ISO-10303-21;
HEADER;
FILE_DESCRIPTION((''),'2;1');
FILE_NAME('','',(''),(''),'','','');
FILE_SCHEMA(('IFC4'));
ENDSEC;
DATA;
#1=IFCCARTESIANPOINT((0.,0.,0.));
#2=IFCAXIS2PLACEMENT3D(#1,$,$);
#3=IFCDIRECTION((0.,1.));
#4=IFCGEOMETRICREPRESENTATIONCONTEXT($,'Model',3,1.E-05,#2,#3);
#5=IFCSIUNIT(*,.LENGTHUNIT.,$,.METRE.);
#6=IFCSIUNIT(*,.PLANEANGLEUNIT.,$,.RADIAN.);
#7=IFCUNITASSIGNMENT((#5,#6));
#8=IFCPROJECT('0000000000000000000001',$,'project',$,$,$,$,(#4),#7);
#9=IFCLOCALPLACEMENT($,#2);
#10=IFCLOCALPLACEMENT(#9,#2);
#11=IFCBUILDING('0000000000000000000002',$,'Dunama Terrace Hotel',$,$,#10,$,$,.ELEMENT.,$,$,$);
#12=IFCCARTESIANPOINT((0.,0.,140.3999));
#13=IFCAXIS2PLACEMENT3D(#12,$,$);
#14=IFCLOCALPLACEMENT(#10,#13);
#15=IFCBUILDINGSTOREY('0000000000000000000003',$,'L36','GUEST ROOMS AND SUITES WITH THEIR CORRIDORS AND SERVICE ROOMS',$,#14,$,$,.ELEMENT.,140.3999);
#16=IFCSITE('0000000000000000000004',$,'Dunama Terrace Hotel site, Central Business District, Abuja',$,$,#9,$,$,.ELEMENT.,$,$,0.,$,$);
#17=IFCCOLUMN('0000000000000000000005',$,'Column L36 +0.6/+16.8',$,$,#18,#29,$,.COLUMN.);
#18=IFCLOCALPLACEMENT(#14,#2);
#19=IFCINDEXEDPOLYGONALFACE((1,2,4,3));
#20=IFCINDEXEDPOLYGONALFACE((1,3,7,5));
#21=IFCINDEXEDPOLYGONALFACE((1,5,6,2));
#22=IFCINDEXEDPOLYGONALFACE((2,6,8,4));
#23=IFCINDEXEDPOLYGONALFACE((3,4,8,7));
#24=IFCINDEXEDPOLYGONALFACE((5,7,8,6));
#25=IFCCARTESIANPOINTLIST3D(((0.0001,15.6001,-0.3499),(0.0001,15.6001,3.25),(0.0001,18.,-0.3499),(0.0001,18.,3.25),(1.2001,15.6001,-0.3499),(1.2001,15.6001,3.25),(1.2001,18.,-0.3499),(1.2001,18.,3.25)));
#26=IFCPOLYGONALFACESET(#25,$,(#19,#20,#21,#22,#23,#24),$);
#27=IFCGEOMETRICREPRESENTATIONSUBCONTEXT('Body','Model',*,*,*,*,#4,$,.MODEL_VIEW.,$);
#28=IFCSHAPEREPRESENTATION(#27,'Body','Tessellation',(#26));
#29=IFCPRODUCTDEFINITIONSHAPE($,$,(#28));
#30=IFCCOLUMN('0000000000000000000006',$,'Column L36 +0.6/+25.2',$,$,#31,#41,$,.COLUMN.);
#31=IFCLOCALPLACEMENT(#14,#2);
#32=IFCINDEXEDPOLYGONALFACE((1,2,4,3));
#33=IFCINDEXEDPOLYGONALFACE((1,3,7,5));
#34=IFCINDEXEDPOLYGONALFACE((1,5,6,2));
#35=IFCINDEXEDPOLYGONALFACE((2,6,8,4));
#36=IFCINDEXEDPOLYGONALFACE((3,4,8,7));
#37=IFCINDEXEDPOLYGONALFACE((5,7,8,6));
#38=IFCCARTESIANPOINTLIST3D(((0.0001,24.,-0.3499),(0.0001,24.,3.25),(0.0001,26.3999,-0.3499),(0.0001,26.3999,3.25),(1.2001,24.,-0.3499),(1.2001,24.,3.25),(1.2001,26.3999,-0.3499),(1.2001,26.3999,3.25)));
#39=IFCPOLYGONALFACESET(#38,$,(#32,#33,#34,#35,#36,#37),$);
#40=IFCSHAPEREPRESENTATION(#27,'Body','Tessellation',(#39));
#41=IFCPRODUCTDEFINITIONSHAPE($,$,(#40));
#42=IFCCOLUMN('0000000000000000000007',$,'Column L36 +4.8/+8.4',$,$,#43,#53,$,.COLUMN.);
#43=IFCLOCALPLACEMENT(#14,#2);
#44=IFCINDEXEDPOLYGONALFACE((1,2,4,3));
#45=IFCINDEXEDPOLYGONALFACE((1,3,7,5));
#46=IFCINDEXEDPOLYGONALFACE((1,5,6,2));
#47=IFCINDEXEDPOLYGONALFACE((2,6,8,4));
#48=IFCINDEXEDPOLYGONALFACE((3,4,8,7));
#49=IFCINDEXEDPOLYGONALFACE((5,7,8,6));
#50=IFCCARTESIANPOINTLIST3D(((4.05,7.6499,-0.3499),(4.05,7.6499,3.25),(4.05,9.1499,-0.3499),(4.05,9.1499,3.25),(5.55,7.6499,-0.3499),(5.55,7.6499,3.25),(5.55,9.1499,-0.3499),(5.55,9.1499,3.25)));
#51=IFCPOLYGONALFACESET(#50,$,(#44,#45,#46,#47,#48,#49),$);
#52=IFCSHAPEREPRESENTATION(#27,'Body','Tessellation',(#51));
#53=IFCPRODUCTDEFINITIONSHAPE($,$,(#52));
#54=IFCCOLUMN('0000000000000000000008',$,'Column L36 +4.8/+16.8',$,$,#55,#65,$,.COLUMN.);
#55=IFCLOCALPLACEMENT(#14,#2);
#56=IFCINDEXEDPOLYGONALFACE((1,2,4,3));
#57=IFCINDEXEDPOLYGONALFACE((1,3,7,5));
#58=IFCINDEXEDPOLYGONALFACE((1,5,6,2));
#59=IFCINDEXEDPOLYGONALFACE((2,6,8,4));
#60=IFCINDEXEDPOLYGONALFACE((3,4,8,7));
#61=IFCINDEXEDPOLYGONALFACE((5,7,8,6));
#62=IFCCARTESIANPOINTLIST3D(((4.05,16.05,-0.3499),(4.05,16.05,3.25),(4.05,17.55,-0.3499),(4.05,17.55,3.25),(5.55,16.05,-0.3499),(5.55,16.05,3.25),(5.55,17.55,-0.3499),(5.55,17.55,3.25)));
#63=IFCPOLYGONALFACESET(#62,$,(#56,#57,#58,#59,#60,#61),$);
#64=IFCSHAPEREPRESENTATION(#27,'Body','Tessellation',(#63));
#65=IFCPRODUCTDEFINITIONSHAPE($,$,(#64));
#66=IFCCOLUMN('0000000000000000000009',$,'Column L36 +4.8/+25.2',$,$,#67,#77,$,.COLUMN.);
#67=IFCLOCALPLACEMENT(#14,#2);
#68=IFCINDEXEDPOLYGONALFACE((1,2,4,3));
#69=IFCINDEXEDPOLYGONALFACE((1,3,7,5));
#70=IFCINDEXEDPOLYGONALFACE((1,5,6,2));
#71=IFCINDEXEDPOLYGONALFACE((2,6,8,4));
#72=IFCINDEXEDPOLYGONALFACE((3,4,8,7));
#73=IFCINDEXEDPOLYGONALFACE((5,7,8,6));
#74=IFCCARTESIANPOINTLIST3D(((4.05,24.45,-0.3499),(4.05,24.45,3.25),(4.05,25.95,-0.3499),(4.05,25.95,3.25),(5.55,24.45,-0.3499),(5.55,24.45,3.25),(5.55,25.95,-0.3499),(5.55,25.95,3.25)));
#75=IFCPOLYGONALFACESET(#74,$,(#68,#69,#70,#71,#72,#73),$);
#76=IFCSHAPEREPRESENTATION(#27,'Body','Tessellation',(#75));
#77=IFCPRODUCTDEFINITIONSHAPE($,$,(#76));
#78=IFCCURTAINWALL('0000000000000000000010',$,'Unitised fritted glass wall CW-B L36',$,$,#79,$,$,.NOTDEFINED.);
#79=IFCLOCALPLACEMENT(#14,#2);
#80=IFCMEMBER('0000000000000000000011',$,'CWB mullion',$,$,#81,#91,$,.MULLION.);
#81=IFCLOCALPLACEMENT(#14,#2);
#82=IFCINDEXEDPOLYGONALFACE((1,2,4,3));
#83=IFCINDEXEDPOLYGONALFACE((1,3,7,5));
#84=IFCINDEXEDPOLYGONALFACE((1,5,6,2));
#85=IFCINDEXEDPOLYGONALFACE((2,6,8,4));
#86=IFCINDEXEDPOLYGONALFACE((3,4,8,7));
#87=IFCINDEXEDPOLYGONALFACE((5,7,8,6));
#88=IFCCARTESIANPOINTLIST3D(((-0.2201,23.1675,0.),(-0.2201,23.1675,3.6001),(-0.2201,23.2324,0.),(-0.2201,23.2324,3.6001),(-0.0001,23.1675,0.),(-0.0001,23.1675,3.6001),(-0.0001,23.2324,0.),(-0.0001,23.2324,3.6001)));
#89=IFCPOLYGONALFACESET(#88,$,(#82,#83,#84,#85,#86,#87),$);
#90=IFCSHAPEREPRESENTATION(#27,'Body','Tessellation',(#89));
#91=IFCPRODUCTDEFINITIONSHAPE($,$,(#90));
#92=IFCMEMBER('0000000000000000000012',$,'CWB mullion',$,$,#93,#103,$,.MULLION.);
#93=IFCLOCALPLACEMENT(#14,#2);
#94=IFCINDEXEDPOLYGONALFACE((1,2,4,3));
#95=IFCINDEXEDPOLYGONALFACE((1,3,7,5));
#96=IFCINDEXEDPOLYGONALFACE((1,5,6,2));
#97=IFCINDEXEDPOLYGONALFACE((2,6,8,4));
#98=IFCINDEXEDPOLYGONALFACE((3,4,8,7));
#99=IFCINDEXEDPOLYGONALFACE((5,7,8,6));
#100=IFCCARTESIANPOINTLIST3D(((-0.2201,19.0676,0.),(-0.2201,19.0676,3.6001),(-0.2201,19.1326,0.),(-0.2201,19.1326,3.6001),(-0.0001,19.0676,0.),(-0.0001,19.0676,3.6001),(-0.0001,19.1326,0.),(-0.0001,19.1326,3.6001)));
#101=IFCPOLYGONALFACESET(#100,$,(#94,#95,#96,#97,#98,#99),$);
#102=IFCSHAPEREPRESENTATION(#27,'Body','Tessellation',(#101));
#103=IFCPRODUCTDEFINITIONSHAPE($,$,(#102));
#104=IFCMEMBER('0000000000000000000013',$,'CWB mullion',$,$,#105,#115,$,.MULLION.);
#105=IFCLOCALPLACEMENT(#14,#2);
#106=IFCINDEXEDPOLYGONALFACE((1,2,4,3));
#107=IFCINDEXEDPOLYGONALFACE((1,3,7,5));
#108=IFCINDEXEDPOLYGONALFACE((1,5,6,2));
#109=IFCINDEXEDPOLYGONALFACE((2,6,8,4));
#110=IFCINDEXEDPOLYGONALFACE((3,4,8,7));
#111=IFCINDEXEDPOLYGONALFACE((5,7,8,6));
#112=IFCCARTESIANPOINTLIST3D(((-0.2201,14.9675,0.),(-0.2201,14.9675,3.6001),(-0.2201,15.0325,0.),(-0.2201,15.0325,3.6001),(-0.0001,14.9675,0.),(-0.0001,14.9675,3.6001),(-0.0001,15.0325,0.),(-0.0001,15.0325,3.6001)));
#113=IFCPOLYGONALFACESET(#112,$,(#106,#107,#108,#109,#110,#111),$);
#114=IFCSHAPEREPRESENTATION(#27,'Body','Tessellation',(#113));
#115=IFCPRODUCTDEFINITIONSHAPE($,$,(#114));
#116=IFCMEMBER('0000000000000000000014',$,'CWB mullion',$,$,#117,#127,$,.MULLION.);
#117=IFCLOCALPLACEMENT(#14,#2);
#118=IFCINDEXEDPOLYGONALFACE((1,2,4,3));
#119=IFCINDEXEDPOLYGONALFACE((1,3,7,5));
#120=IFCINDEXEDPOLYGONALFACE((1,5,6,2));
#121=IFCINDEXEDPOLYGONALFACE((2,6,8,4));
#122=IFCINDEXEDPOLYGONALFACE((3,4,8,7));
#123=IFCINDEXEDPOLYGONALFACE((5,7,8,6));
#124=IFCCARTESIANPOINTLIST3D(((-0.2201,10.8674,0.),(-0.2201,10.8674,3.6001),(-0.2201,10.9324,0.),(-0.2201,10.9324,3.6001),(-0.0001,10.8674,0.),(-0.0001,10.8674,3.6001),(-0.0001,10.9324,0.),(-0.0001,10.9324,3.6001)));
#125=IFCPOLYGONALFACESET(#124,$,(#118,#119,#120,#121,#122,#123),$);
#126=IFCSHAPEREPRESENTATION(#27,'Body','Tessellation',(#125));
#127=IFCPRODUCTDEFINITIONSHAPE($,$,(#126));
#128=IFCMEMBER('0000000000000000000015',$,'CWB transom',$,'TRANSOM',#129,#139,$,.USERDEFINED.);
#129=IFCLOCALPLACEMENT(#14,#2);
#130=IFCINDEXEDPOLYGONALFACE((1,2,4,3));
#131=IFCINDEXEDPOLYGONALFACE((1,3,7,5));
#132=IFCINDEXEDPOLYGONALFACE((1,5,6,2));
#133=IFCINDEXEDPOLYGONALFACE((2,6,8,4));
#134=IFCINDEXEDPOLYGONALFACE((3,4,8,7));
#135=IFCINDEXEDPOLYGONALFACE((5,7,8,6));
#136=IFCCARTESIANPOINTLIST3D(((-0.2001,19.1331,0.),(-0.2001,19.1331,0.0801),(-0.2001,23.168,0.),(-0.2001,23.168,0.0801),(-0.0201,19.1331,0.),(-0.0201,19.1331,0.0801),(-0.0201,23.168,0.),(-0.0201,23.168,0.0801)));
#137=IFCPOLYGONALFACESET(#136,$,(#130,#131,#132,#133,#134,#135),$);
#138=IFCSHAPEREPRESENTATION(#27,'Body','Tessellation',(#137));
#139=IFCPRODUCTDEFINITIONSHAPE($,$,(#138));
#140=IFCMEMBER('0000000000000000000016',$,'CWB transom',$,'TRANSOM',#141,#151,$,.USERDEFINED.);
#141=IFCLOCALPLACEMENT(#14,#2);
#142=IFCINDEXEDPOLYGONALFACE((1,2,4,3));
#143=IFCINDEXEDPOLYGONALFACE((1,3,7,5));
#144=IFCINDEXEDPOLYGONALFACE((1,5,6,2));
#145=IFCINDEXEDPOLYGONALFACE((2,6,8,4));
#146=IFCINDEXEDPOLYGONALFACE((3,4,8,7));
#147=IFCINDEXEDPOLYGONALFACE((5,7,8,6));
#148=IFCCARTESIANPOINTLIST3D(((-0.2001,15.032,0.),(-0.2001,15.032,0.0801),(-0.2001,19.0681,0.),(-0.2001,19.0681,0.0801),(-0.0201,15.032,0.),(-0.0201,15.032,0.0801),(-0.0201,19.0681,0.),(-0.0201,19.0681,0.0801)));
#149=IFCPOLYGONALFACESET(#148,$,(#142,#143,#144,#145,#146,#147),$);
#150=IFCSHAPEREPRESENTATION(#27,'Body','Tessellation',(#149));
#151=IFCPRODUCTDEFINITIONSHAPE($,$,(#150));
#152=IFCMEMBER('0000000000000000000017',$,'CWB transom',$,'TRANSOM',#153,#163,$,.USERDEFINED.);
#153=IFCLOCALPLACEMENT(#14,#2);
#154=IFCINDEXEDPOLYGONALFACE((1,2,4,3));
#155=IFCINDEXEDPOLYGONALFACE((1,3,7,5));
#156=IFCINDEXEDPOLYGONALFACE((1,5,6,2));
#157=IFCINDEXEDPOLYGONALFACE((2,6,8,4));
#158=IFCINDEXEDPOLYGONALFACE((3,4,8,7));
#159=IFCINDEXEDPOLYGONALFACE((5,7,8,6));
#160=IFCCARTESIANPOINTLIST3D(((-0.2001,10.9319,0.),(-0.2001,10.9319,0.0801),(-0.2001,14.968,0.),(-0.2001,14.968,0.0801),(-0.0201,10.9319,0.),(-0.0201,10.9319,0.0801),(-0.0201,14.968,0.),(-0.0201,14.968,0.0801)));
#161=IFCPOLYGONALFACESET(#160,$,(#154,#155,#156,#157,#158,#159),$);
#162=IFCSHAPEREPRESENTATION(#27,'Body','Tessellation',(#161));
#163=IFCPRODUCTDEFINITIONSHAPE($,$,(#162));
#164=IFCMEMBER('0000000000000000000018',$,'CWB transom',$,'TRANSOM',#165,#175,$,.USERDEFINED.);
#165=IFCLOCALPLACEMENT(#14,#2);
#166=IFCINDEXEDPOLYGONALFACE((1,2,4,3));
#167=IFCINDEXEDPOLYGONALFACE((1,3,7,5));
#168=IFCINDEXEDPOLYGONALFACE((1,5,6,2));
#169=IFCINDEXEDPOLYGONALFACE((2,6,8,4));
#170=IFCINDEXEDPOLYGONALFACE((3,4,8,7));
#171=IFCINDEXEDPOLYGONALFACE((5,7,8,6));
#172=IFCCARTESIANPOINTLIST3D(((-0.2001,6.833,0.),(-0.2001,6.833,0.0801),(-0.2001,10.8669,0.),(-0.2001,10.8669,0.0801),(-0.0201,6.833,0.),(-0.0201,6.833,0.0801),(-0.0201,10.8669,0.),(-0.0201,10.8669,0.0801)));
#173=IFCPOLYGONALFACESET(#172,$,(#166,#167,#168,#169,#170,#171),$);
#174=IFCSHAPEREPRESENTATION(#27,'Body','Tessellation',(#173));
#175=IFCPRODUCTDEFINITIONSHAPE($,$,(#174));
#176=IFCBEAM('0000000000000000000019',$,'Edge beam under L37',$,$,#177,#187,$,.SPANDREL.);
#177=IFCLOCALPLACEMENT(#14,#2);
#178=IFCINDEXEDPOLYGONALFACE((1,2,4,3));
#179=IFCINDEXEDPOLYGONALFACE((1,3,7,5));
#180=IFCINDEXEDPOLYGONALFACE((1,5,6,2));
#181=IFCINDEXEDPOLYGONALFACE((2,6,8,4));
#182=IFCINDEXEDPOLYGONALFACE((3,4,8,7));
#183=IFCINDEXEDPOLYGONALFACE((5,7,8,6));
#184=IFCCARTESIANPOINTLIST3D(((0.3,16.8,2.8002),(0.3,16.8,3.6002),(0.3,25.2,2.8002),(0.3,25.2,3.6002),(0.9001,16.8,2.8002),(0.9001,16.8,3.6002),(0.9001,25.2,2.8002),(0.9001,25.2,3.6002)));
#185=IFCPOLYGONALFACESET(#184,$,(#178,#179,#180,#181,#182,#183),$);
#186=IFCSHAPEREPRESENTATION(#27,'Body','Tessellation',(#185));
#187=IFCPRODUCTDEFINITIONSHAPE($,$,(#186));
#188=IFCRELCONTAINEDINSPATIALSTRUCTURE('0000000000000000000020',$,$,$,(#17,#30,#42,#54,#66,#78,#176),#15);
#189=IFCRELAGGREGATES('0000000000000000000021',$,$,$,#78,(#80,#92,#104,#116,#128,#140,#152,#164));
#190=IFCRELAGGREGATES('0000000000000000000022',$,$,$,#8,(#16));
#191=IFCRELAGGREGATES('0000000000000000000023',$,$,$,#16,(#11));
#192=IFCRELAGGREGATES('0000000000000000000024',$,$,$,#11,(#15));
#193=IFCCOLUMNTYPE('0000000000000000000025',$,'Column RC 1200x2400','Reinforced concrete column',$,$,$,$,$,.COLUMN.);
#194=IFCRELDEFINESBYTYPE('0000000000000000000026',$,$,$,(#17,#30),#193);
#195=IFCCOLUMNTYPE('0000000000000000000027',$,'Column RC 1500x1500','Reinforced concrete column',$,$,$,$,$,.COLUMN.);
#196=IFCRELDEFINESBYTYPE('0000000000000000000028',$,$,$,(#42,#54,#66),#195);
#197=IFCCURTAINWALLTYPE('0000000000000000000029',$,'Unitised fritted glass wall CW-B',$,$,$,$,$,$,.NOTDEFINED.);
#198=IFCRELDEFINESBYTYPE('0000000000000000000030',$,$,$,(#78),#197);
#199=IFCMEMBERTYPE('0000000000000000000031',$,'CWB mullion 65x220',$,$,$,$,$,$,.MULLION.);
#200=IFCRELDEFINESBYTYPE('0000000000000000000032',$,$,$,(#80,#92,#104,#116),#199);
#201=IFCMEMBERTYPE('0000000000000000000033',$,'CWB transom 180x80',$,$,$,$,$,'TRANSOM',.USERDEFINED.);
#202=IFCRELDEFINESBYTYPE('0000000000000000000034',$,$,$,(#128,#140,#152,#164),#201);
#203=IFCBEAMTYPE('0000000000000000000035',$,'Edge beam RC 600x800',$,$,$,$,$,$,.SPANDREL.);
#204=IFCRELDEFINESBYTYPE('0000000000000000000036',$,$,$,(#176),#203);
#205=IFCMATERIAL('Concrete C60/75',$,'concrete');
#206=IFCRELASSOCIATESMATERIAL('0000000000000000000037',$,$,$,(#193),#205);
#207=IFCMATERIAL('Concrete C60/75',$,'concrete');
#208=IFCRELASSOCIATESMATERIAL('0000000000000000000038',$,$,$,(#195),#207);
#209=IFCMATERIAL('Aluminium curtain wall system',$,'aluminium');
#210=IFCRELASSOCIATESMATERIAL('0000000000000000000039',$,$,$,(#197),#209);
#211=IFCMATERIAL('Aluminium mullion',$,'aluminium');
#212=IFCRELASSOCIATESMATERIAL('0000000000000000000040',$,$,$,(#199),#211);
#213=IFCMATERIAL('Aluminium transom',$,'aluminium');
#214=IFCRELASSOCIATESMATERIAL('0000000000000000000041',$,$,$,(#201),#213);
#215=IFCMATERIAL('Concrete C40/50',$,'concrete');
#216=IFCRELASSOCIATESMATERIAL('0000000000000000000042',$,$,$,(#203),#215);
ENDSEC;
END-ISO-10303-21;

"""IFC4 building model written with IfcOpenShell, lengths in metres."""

from ifc_helpers import new_model, si_unit, direction, frame, origin, origin_2d, place, context, subcontext, project, spatial, rectangle, extrude, material, material_profile, profile_set, type_object, element, aggregate, save


model = new_model("IFC4")

# Units and contexts
model_context = context("Model", 3, precision=1e-05, world=origin(), true_north=direction((0.0, 1.0)))
body_context = subcontext(model_context, "Body", "Model", "MODEL_VIEW")
ifc_project = project(units=[si_unit("LENGTHUNIT", "METRE"), si_unit("PLANEANGLEUNIT", "RADIAN")], contexts=[model_context])

# Site, building, storey
site_placement = place(None, origin())
site = spatial("IfcSite", under=ifc_project, at=site_placement, Name="Dunama Terrace Hotel site, Central Business District, Abuja", CompositionType="ELEMENT", RefElevation=0.0)
building_placement = place(site_placement, origin())
building = spatial("IfcBuilding", under=site, at=building_placement, Name="Dunama Terrace Hotel", CompositionType="ELEMENT")
storey_placement = place(building_placement, frame((0.0, 0.0, 140.3999)))
storey = spatial("IfcBuildingStorey", under=building, at=storey_placement, Name="L36", Description="GUEST ROOMS AND SUITES WITH THEIR CORRIDORS AND SERVICE ROOMS", CompositionType="ELEMENT", Elevation=140.3999)

# Columns
ifc_material_1 = material(Name="Concrete C60/75", Category="concrete")
ifc_material_profile_1 = material_profile(ifc_material_1, rectangle(XDim=1.2, YDim=2.3999, at=origin_2d()), Name="RC 1200x2400")
ifc_profile_set_1 = profile_set([ifc_material_profile_1], Name="Concrete C60/75")
column_type_1 = type_object("IfcColumnType", Name="Column RC 1200x2400", Description="Reinforced concrete column", PredefinedType="COLUMN", material=ifc_profile_set_1)
for number, where, z_axis, x_axis, name in (
    (1, (0.6001, 16.8, -0.3499), (0.0, 0.0, 1.0), (1.0, 0.0, 0.0), "Column L36 +0.6/+16.8"),
    (2, (0.6001, 25.2, -0.3499), (0.0, 0.0, 1.0), (1.0, 0.0, 0.0), "Column L36 +0.6/+25.2"),
):
    element("IfcColumn", number, at=place(storey_placement, frame(where, z_axis=z_axis, x_axis=x_axis)), inside=storey, type_object=column_type_1, Name=name, PredefinedType="COLUMN", context=body_context, shape_type="SweptSolid", body=[
        extrude(rectangle(XDim=1.2, YDim=2.3999, at=origin_2d()), origin(), (0.0, 0.0, 1.0), 3.5999),
    ])
ifc_material_2 = material(Name="Concrete C60/75", Category="concrete")
ifc_material_profile_2 = material_profile(ifc_material_2, rectangle(XDim=1.5, YDim=1.5, at=origin_2d()), Name="RC 1500x1500")
ifc_profile_set_2 = profile_set([ifc_material_profile_2], Name="Concrete C60/75")
column_type_2 = type_object("IfcColumnType", Name="Column RC 1500x1500", Description="Reinforced concrete column", PredefinedType="COLUMN", material=ifc_profile_set_2)
for number, where, z_axis, x_axis, name in (
    (3, (4.8, 8.3999, -0.3499), (0.0, 0.0, 1.0), (1.0, 0.0, 0.0), "Column L36 +4.8/+8.4"),
    (4, (4.8, 16.8, -0.3499), (0.0, 0.0, 1.0), (1.0, 0.0, 0.0), "Column L36 +4.8/+16.8"),
    (5, (4.8, 25.2, -0.3499), (0.0, 0.0, 1.0), (1.0, 0.0, 0.0), "Column L36 +4.8/+25.2"),
):
    element("IfcColumn", number, at=place(storey_placement, frame(where, z_axis=z_axis, x_axis=x_axis)), inside=storey, type_object=column_type_2, Name=name, PredefinedType="COLUMN", context=body_context, shape_type="SweptSolid", body=[
        extrude(rectangle(XDim=1.5, YDim=1.5, at=origin_2d()), origin(), (0.0, 0.0, 1.0), 3.5999),
    ])

# Curtain wall, members
ifc_material_3 = material(Name="Aluminium curtain wall system", Category="aluminium")
curtain_wall_type = type_object("IfcCurtainWallType", Name="Unitised fritted glass wall CW-B", PredefinedType="NOTDEFINED", material=ifc_material_3)
curtain_wall_placement = place(storey_placement, origin())
curtain_wall = element("IfcCurtainWall", 6, at=curtain_wall_placement, inside=storey, type_object=curtain_wall_type, Name="Unitised fritted glass wall CW-B L36", PredefinedType="NOTDEFINED")
ifc_material_4 = material(Name="Aluminium mullion", Category="aluminium")
ifc_material_profile_3 = material_profile(ifc_material_4, rectangle(XDim=0.0649, YDim=0.22, at=origin_2d()), Name="CWB MULLION 65X220")
ifc_profile_set_3 = profile_set([ifc_material_profile_3], Name="Aluminium mullion")
member_type_1 = type_object("IfcMemberType", Name="CWB mullion 65x220", PredefinedType="MULLION", material=ifc_profile_set_3)
member_1_placement = place(storey_placement, frame((-0.1101, 23.2, 0.0), z_axis=(0.0, 0.0, 1.0), x_axis=(0.0, -1.0, 0.0)))
member_1 = element("IfcMember", 7, at=member_1_placement, type_object=member_type_1, Name="CWB mullion", PredefinedType="MULLION", context=body_context, shape_type="SweptSolid", body=[
    extrude(rectangle(XDim=0.0649, YDim=0.22, at=origin_2d()), origin(), (0.0, 0.0, 1.0), 3.6001),
])
member_2_placement = place(storey_placement, frame((-0.1101, 19.1001, 0.0), z_axis=(0.0, 0.0, 1.0), x_axis=(0.0, -1.0, 0.0)))
member_2 = element("IfcMember", 8, at=member_2_placement, type_object=member_type_1, Name="CWB mullion", PredefinedType="MULLION", context=body_context, shape_type="SweptSolid", body=[
    extrude(rectangle(XDim=0.0649, YDim=0.22, at=origin_2d()), origin(), (0.0, 0.0, 1.0), 3.6001),
])
member_3_placement = place(storey_placement, frame((-0.1101, 15.0, 0.0), z_axis=(0.0, 0.0, 1.0), x_axis=(0.0, -1.0, 0.0)))
member_3 = element("IfcMember", 9, at=member_3_placement, type_object=member_type_1, Name="CWB mullion", PredefinedType="MULLION", context=body_context, shape_type="SweptSolid", body=[
    extrude(rectangle(XDim=0.0649, YDim=0.22, at=origin_2d()), origin(), (0.0, 0.0, 1.0), 3.6001),
])
member_4_placement = place(storey_placement, frame((-0.1101, 10.8999, 0.0), z_axis=(0.0, 0.0, 1.0), x_axis=(0.0, -1.0, 0.0)))
member_4 = element("IfcMember", 10, at=member_4_placement, type_object=member_type_1, Name="CWB mullion", PredefinedType="MULLION", context=body_context, shape_type="SweptSolid", body=[
    extrude(rectangle(XDim=0.0649, YDim=0.22, at=origin_2d()), origin(), (0.0, 0.0, 1.0), 3.6001),
])
ifc_material_5 = material(Name="Aluminium transom", Category="aluminium")
ifc_material_profile_4 = material_profile(ifc_material_5, rectangle(XDim=0.1799, YDim=0.0801, at=origin_2d()), Name="CWB TRANSOM 180X80")
ifc_profile_set_4 = profile_set([ifc_material_profile_4], Name="Aluminium transom")
member_type_2 = type_object("IfcMemberType", Name="CWB transom 180x80", ElementType="TRANSOM", PredefinedType="USERDEFINED", material=ifc_profile_set_4)
member_5_placement = place(storey_placement, frame((-0.1101, 23.168, 0.04), z_axis=(0.0, -1.0, 0.0), x_axis=(1.0, 0.0, 0.0)))
member_5 = element("IfcMember", 11, at=member_5_placement, type_object=member_type_2, Name="CWB transom", ObjectType="TRANSOM", PredefinedType="USERDEFINED", context=body_context, shape_type="SweptSolid", body=[
    extrude(rectangle(XDim=0.1799, YDim=0.0801, at=origin_2d()), origin(), (0.0, 0.0, 1.0), 4.0349),
])
member_6_placement = place(storey_placement, frame((-0.1101, 19.0681, 0.04), z_axis=(0.0, -1.0, 0.0), x_axis=(1.0, 0.0, 0.0)))
member_6 = element("IfcMember", 12, at=member_6_placement, type_object=member_type_2, Name="CWB transom", ObjectType="TRANSOM", PredefinedType="USERDEFINED", context=body_context, shape_type="SweptSolid", body=[
    extrude(rectangle(XDim=0.1799, YDim=0.0801, at=origin_2d()), origin(), (0.0, 0.0, 1.0), 4.0361),
])
member_7_placement = place(storey_placement, frame((-0.1101, 14.968, 0.04), z_axis=(0.0, -1.0, 0.0), x_axis=(1.0, 0.0, 0.0)))
member_7 = element("IfcMember", 13, at=member_7_placement, type_object=member_type_2, Name="CWB transom", ObjectType="TRANSOM", PredefinedType="USERDEFINED", context=body_context, shape_type="SweptSolid", body=[
    extrude(rectangle(XDim=0.1799, YDim=0.0801, at=origin_2d()), origin(), (0.0, 0.0, 1.0), 4.0361),
])
member_8_placement = place(storey_placement, frame((-0.1101, 10.8669, 0.04), z_axis=(0.0, -1.0, 0.0), x_axis=(1.0, 0.0, 0.0)))
member_8 = element("IfcMember", 14, at=member_8_placement, type_object=member_type_2, Name="CWB transom", ObjectType="TRANSOM", PredefinedType="USERDEFINED", context=body_context, shape_type="SweptSolid", body=[
    extrude(rectangle(XDim=0.1799, YDim=0.0801, at=origin_2d()), origin(), (0.0, 0.0, 1.0), 4.0339),
])

# Beam
ifc_material_6 = material(Name="Concrete C40/50", Category="concrete")
ifc_material_profile_5 = material_profile(ifc_material_6, rectangle(XDim=0.6001, YDim=0.8, at=origin_2d()), Name="RC 600x800")
ifc_profile_set_5 = profile_set([ifc_material_profile_5], Name="Concrete C40/50")
beam_type = type_object("IfcBeamType", Name="Edge beam RC 600x800", PredefinedType="SPANDREL", material=ifc_profile_set_5)
beam_1_placement = place(storey_placement, frame((0.6001, 16.8, 3.2002), z_axis=(0.0, 1.0, 0.0), x_axis=(-1.0, 0.0, 0.0)))
element("IfcBeam", 15, at=beam_1_placement, inside=storey, type_object=beam_type, Name="Edge beam under L37", PredefinedType="SPANDREL", context=body_context, shape_type="SweptSolid", body=[
    extrude(rectangle(XDim=0.6001, YDim=0.8, at=origin_2d()), origin(), (0.0, 0.0, 1.0), 8.3999),
])

aggregate(curtain_wall, [member_1, member_2, member_3, member_4, member_5, member_6, member_7, member_8])

save(model, "model.ifc")
